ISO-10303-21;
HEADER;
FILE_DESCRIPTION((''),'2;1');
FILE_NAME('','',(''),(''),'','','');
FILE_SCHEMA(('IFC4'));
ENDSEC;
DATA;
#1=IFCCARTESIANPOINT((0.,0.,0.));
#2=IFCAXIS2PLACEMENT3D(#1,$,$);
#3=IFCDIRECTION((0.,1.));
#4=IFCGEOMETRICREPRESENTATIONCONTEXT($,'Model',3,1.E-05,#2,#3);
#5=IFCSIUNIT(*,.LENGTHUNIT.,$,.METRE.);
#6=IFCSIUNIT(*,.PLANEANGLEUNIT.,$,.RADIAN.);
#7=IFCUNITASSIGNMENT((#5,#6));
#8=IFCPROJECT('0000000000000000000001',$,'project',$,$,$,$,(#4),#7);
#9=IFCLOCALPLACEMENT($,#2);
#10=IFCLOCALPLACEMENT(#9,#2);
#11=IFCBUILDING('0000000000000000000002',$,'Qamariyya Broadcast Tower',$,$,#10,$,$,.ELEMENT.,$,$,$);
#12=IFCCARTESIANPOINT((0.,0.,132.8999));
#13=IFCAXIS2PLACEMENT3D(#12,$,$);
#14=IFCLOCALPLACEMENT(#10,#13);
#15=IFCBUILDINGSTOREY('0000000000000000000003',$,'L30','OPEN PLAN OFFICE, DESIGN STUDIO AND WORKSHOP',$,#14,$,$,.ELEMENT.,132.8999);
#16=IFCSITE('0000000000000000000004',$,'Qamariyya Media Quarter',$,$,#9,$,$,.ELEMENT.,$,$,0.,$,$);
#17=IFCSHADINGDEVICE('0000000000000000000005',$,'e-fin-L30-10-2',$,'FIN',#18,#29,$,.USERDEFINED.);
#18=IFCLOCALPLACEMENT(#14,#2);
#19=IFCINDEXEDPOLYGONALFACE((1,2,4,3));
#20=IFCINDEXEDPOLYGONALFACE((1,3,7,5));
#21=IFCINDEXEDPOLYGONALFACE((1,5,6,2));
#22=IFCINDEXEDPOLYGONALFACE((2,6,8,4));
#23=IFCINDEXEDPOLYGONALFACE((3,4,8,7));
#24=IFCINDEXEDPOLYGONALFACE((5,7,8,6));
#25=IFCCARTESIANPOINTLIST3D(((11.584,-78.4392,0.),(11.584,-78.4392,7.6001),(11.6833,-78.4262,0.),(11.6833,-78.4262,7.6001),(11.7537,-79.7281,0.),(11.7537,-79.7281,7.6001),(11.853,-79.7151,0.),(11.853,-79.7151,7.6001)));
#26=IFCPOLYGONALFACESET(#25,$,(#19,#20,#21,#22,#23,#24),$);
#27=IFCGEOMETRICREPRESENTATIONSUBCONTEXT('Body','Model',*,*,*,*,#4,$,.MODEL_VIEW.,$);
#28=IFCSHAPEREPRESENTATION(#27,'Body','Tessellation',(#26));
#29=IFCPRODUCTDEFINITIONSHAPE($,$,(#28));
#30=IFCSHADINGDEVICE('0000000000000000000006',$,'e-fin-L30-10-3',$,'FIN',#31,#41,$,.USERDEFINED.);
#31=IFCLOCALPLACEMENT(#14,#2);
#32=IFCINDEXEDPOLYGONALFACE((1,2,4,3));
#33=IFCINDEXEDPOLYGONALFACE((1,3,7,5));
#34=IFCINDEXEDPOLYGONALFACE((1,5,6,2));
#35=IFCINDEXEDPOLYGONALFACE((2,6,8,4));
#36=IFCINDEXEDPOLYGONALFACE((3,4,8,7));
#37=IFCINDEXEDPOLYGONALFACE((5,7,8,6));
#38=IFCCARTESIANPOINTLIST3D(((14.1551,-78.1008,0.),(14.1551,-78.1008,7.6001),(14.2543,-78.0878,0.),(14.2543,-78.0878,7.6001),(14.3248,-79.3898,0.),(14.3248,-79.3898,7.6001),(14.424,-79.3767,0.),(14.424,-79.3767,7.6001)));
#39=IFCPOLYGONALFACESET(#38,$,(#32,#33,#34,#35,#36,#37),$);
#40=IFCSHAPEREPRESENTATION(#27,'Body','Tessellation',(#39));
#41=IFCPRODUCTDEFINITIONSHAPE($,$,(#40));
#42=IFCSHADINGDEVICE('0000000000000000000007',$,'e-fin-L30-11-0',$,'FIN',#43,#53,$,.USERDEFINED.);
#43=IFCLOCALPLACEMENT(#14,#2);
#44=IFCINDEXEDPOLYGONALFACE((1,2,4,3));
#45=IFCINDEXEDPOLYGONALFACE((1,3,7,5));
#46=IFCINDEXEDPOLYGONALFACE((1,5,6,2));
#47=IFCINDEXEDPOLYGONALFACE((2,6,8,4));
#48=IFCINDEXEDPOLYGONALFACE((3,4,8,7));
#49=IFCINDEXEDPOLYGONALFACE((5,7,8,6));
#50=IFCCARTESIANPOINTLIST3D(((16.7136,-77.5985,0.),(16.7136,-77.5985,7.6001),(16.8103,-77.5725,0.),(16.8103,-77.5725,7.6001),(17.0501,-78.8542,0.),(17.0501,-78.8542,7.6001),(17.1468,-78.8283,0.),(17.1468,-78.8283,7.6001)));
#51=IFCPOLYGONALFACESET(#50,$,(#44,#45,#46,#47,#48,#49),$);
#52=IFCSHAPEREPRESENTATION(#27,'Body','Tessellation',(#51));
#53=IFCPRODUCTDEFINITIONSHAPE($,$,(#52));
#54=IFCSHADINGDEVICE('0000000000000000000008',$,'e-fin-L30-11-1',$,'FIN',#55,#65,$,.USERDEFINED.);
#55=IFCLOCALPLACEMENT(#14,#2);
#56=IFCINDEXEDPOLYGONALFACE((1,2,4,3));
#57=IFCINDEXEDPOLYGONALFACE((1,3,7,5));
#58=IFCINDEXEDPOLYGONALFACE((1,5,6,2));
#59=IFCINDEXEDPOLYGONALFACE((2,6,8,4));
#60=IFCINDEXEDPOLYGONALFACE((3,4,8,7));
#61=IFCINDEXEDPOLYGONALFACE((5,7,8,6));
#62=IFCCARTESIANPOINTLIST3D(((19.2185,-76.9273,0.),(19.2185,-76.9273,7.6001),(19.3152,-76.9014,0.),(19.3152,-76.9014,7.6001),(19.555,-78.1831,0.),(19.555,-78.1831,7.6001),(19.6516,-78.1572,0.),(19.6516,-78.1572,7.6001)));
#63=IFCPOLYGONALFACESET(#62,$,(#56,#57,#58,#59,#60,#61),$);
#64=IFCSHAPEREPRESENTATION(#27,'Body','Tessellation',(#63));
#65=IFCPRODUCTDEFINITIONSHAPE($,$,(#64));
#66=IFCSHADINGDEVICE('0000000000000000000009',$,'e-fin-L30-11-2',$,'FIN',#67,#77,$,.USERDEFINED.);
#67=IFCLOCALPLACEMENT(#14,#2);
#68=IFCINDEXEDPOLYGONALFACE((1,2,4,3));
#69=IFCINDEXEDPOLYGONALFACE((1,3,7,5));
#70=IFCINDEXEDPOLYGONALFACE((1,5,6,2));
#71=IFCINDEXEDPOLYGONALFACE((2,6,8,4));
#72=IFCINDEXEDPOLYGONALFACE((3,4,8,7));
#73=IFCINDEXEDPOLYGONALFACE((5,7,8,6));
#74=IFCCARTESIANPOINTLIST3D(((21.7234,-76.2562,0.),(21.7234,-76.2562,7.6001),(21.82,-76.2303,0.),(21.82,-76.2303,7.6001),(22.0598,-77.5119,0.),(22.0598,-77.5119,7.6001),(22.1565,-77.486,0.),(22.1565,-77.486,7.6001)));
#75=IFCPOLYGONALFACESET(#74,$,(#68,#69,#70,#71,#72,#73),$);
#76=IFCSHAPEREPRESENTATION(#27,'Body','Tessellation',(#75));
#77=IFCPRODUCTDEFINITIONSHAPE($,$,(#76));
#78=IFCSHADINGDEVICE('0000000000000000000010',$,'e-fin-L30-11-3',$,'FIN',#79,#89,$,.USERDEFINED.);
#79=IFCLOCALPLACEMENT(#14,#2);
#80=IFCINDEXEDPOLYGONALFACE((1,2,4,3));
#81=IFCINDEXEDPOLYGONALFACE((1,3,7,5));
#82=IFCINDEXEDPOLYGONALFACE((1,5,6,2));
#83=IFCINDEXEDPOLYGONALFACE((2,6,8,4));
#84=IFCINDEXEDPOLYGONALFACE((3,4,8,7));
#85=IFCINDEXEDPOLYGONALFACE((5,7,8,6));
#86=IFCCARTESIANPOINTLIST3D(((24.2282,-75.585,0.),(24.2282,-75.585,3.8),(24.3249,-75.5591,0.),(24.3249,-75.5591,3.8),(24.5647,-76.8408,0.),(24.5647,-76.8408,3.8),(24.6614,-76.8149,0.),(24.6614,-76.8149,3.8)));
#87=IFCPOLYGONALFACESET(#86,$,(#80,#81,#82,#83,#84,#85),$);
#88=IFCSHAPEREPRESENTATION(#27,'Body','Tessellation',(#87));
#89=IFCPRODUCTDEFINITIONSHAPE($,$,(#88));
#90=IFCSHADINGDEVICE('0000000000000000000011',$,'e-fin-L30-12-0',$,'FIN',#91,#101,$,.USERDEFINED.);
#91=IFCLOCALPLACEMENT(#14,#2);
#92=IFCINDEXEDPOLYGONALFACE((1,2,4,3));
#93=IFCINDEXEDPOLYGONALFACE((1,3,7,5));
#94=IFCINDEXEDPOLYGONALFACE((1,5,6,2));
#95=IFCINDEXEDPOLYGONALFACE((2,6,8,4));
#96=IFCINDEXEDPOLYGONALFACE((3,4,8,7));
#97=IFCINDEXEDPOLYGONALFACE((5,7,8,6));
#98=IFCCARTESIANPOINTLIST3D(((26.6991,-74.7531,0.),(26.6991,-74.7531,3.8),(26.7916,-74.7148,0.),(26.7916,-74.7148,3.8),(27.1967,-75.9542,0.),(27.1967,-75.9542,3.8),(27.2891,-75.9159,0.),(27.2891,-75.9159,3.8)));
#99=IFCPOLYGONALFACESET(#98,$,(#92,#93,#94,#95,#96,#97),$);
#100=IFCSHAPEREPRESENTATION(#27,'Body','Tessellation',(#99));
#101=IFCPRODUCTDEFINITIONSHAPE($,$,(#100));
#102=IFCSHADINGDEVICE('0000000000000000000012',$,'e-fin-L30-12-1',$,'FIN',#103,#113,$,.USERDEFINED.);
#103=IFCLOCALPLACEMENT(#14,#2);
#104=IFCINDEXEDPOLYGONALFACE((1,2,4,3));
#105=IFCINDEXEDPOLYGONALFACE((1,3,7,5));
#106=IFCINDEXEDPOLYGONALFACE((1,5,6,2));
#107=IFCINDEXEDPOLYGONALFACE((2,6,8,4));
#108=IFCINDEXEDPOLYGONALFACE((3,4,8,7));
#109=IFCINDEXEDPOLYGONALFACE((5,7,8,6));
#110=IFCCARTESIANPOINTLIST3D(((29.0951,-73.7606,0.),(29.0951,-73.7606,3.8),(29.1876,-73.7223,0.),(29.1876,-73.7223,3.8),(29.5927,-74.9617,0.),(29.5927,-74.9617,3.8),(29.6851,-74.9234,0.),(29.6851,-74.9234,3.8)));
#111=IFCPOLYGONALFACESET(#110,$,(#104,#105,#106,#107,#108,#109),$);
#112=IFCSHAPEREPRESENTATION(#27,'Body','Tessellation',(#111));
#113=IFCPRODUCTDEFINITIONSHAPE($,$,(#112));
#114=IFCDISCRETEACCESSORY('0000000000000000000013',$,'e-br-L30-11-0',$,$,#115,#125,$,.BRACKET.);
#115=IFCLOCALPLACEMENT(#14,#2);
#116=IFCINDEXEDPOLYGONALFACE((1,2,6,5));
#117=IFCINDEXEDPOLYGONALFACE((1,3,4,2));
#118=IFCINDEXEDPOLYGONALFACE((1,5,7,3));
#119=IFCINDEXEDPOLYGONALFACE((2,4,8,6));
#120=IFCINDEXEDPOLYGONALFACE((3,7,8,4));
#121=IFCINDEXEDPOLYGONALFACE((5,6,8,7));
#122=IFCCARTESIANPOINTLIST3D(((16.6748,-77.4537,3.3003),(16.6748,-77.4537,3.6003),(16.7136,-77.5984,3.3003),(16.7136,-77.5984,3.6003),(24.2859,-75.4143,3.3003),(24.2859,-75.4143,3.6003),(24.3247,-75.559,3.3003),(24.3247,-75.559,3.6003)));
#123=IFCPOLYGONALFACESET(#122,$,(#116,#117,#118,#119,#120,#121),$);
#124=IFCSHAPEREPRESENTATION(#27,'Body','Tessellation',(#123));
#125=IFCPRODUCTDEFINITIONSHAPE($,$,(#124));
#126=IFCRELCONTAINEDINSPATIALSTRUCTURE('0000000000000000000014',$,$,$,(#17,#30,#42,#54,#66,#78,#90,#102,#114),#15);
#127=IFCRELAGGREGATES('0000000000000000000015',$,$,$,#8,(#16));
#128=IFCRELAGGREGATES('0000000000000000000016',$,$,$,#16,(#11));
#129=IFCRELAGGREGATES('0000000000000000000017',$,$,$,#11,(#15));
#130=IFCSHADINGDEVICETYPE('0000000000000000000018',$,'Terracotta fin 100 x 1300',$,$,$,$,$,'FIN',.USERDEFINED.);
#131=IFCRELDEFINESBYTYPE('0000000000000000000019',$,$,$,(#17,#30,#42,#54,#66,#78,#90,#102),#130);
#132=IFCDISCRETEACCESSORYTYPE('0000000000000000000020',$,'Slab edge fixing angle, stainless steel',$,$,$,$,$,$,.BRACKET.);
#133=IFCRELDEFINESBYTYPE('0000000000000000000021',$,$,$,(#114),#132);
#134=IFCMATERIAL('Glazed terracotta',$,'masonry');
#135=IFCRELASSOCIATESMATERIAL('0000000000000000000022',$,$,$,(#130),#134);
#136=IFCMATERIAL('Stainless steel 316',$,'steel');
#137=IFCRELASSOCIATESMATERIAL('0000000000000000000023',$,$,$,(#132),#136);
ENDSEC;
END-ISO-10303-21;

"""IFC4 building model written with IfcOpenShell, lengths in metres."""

from ifc_helpers import new_model, si_unit, direction, frame, origin, origin_2d, place, context, subcontext, project, spatial, rectangle, extrude, material, material_profile, profile_set, type_object, element, save


model = new_model("IFC4")

# Units and contexts
model_context = context("Model", 3, precision=1e-05, world=origin(), true_north=direction((0.0, 1.0)))
body_context = subcontext(model_context, "Body", "Model", "MODEL_VIEW")
ifc_project = project(units=[si_unit("LENGTHUNIT", "METRE"), si_unit("PLANEANGLEUNIT", "RADIAN")], contexts=[model_context])

# Site, building, storey
site_placement = place(None, origin())
site = spatial("IfcSite", under=ifc_project, at=site_placement, Name="Qamariyya Media Quarter", CompositionType="ELEMENT", RefElevation=0.0)
building_placement = place(site_placement, origin())
building = spatial("IfcBuilding", under=site, at=building_placement, Name="Qamariyya Broadcast Tower", CompositionType="ELEMENT")
storey_placement = place(building_placement, frame((0.0, 0.0, 132.8999)))
storey = spatial("IfcBuildingStorey", under=building, at=storey_placement, Name="L30", Description="OPEN PLAN OFFICE, DESIGN STUDIO AND WORKSHOP", CompositionType="ELEMENT", Elevation=132.8999)

# Shading devices
ifc_material_1 = material(Name="Glazed terracotta", Category="masonry")
ifc_material_profile_1 = material_profile(ifc_material_1, rectangle(XDim=1.3, YDim=0.1001, at=origin_2d()))
ifc_profile_set_1 = profile_set([ifc_material_profile_1], Name="Glazed terracotta")
shading_device_type_1 = type_object("IfcShadingDeviceType", Name="Terracotta fin 100 x 1300", ElementType="FIN", PredefinedType="USERDEFINED", material=ifc_profile_set_1)
for number, where, z_axis, x_axis, name in (
    (1, (11.7185, -79.0771, 0.0), (0.0, 0.0, 1.0), (0.130526, -0.991445, 0.0), "e-fin-L30-10-2"),
    (2, (14.2896, -78.7388, 0.0), (0.0, 0.0, 1.0), (0.130526, -0.991445, 0.0), "e-fin-L30-10-3"),
    (3, (16.9302, -78.2134, 0.0), (0.0, 0.0, 1.0), (0.258819, -0.965926, 0.0), "e-fin-L30-11-0"),
    (4, (19.4351, -77.5422, 0.0), (0.0, 0.0, 1.0), (0.258819, -0.965926, 0.0), "e-fin-L30-11-1"),
    (5, (21.9399, -76.8711, 0.0), (0.0, 0.0, 1.0), (0.258819, -0.965926, 0.0), "e-fin-L30-11-2"),
):
    element("IfcShadingDevice", number, at=place(storey_placement, frame(where, z_axis=z_axis, x_axis=x_axis)), inside=storey, type_object=shading_device_type_1, Name=name, ObjectType="FIN", PredefinedType="USERDEFINED", context=body_context, shape_type="SweptSolid", body=[
        extrude(rectangle(XDim=1.3, YDim=0.1001, at=origin_2d()), origin(), (0.0, 0.0, 1.0), 7.6001),
    ])
for number, where, z_axis, x_axis, name in (
    (6, (24.4448, -76.2, 0.0), (0.0, 0.0, 1.0), (0.258819, -0.965926, 0.0), "e-fin-L30-11-3"),
    (7, (26.9941, -75.3345, 0.0), (0.0, 0.0, 1.0), (0.382683, -0.92388, 0.0), "e-fin-L30-12-0"),
    (8, (29.3901, -74.342, 0.0), (0.0, 0.0, 1.0), (0.382683, -0.92388, 0.0), "e-fin-L30-12-1"),
):
    element("IfcShadingDevice", number, at=place(storey_placement, frame(where, z_axis=z_axis, x_axis=x_axis)), inside=storey, type_object=shading_device_type_1, Name=name, ObjectType="FIN", PredefinedType="USERDEFINED", context=body_context, shape_type="SweptSolid", body=[
        extrude(rectangle(XDim=1.3, YDim=0.1001, at=origin_2d()), origin(), (0.0, 0.0, 1.0), 3.8),
    ])

# Discrete accessory
ifc_material_2 = material(Name="Stainless steel 316", Category="steel")
discrete_accessory_type = type_object("IfcDiscreteAccessoryType", Name="Slab edge fixing angle, stainless steel", PredefinedType="BRACKET", material=ifc_material_2)
discrete_accessory_placement = place(storey_placement, frame((20.4998, -76.5063, 3.3003), z_axis=(0.0, 0.0, 1.0), x_axis=(0.965926, 0.258819, 0.0)))
element("IfcDiscreteAccessory", 9, at=discrete_accessory_placement, inside=storey, type_object=discrete_accessory_type, Name="e-br-L30-11-0", PredefinedType="BRACKET", context=body_context, shape_type="SweptSolid", body=[
    extrude(rectangle(XDim=7.8796, YDim=0.1499, at=origin_2d()), origin(), (0.0, 0.0, 1.0), 0.3),
])

save(model, "model.ifc")
